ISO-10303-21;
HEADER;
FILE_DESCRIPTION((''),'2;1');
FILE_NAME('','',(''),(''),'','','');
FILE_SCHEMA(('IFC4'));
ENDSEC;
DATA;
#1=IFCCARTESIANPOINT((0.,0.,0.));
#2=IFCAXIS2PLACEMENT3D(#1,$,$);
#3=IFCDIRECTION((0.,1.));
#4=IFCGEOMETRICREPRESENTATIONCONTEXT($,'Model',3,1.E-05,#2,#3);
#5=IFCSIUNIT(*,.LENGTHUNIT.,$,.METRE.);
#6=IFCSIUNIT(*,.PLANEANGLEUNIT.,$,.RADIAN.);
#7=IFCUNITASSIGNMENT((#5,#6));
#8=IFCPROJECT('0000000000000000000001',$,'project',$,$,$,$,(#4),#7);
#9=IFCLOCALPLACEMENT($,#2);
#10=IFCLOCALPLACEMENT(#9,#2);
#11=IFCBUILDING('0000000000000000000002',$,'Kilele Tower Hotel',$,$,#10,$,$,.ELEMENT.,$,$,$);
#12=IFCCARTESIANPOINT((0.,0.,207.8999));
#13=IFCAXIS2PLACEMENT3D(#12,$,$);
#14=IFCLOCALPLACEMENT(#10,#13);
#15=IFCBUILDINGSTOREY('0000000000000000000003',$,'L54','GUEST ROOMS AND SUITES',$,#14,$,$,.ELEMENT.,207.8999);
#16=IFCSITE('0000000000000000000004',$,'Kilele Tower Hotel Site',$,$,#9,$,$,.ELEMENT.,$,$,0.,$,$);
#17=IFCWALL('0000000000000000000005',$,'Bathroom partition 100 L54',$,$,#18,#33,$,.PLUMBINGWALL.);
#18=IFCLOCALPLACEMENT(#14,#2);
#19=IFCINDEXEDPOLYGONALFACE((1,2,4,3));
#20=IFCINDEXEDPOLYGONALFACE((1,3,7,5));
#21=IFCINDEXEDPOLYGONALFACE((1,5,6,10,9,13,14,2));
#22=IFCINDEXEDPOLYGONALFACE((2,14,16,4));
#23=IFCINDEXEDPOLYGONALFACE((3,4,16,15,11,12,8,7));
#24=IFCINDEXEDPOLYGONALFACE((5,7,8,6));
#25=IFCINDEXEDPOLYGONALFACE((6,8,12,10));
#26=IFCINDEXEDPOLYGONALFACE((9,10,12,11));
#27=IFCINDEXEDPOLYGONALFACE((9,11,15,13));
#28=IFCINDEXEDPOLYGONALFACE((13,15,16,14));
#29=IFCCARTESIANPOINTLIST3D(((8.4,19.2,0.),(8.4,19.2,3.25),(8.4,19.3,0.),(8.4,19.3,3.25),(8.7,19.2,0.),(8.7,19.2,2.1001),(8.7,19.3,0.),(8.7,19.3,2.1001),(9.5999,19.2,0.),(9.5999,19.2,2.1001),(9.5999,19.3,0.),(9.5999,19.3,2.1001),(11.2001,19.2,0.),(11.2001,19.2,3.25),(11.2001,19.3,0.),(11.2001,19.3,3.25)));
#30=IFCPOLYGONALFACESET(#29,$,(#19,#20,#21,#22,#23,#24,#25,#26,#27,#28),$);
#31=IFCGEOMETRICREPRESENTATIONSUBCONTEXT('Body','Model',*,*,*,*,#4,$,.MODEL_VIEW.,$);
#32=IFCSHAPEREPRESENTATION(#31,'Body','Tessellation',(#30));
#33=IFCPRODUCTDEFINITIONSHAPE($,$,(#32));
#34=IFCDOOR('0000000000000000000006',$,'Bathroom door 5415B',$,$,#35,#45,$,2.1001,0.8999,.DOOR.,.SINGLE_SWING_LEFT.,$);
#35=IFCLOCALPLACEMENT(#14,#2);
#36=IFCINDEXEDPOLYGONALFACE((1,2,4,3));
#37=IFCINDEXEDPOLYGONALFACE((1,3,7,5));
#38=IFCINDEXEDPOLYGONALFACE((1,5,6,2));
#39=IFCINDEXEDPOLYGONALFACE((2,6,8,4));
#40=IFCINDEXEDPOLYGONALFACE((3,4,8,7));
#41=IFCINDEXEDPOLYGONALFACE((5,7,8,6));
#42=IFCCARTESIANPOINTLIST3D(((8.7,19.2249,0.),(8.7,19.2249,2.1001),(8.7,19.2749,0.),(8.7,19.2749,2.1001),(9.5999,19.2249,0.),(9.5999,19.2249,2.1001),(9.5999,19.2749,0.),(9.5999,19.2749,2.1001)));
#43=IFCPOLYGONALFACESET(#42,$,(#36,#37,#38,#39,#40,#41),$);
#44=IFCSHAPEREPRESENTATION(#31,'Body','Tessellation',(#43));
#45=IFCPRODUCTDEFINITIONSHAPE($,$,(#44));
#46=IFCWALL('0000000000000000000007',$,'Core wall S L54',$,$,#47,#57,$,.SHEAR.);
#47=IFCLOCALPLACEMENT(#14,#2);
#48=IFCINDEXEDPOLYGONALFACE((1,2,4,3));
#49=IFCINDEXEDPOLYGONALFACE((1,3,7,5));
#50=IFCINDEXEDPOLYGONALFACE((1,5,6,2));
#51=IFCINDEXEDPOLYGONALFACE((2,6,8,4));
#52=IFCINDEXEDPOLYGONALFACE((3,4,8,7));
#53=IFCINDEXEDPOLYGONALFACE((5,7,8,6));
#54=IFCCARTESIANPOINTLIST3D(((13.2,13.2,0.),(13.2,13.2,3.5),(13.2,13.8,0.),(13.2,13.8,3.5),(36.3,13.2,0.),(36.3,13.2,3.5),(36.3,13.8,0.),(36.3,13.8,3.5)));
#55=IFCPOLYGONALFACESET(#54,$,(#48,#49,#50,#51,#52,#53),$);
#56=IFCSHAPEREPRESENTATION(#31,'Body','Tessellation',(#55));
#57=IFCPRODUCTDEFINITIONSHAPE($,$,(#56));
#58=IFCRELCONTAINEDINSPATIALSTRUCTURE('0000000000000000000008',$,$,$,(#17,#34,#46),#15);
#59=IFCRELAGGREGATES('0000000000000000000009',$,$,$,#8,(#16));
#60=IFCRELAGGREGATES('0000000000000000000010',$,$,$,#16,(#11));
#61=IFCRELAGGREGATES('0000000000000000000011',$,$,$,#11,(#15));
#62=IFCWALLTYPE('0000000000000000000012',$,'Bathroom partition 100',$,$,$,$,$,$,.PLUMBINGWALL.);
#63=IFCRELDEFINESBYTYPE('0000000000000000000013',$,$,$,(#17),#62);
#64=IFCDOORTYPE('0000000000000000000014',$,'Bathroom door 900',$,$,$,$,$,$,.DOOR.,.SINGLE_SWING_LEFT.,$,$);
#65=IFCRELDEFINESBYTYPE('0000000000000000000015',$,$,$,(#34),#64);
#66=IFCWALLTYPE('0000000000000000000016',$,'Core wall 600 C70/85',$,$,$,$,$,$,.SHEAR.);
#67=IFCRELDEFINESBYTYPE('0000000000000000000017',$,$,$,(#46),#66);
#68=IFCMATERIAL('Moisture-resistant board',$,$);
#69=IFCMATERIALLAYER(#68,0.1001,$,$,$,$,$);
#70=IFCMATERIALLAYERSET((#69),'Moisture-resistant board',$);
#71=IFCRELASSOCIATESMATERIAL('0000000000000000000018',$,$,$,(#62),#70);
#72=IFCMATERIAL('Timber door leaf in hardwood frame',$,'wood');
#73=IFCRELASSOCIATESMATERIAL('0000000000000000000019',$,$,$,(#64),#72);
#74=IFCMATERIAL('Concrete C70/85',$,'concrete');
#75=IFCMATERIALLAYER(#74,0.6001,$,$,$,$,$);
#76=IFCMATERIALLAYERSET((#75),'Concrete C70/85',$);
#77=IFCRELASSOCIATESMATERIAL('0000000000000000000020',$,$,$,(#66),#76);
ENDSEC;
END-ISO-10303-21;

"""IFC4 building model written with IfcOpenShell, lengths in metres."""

from ifc_helpers import new_model, si_unit, direction, frame, frame_2d, origin, place, context, subcontext, project, spatial, rectangle, extrude, material, layer, layer_set, type_object, element, fill, save


model = new_model("IFC4")

# Units and contexts
model_context = context("Model", 3, precision=1e-05, world=origin(), true_north=direction((0.0, 1.0)))
body_context = subcontext(model_context, "Body", "Model", "MODEL_VIEW")
ifc_project = project(units=[si_unit("LENGTHUNIT", "METRE"), si_unit("PLANEANGLEUNIT", "RADIAN")], contexts=[model_context])

# Site, building, storey
site_placement = place(None, origin())
site = spatial("IfcSite", under=ifc_project, at=site_placement, Name="Kilele Tower Hotel Site", CompositionType="ELEMENT", RefElevation=0.0)
building_placement = place(site_placement, origin())
building = spatial("IfcBuilding", under=site, at=building_placement, Name="Kilele Tower Hotel", CompositionType="ELEMENT")
storey_placement = place(building_placement, frame((0.0, 0.0, 207.8999)))
storey = spatial("IfcBuildingStorey", under=building, at=storey_placement, Name="L54", Description="GUEST ROOMS AND SUITES", CompositionType="ELEMENT", Elevation=207.8999)

# Wall, opening, door
ifc_material_1 = material(Name="Moisture-resistant board")
ifc_layer_1 = layer(ifc_material_1, 0.1001)
ifc_layer_set_1 = layer_set([ifc_layer_1], Name="Moisture-resistant board")
wall_type_1 = type_object("IfcWallType", Name="Bathroom partition 100", PredefinedType="PLUMBINGWALL", material=ifc_layer_set_1)
wall_1_placement = place(storey_placement, frame((11.2, 19.25, 0.0), z_axis=(0.0, 0.0, 1.0), x_axis=(-1.0, 0.0, 0.0)))
wall_1 = element("IfcWall", 1, at=wall_1_placement, inside=storey, type_object=wall_type_1, Name="Bathroom partition 100 L54", PredefinedType="PLUMBINGWALL", context=body_context, shape_type="SweptSolid", body=[
    extrude(rectangle(XDim=2.8, YDim=0.1001, at=frame_2d((1.3999, 0.0))), origin(), (0.0, 0.0, 1.0), 3.25),
])
opening_1_placement = place(wall_1_placement, frame((2.5, 0.0, 0.0), z_axis=(0.0, 0.0, 1.0), x_axis=(-1.0, 0.0, 0.0)))
opening_1 = element("IfcOpeningElement", 2, at=opening_1_placement, cuts=wall_1, PredefinedType="OPENING", context=body_context, shape_type="SweptSolid", body=[
    extrude(rectangle(XDim=0.8999, YDim=2.1001, at=frame_2d((0.45, 1.05))), frame((0.0, 0.0601, 0.0), z_axis=(0.0, -1.0, 0.0), x_axis=(1.0, 0.0, 0.0)), (0.0, 0.0, 1.0), 0.1201),
])
ifc_material_2 = material(Name="Timber door leaf in hardwood frame", Category="wood")
door_type_1 = type_object("IfcDoorType", Name="Bathroom door 900", OperationType="SINGLE_SWING_LEFT", PredefinedType="DOOR", material=ifc_material_2)
door_1_placement = place(opening_1_placement, origin())
door_1 = element("IfcDoor", 3, at=door_1_placement, inside=storey, type_object=door_type_1, Name="Bathroom door 5415B", OperationType="SINGLE_SWING_LEFT", OverallHeight=2.1001, OverallWidth=0.8999, PredefinedType="DOOR", context=body_context, shape_type="SweptSolid", body=[
    extrude(rectangle(XDim=0.8999, YDim=2.1001, at=frame_2d((0.45, 1.05))), frame((0.0, 0.0249, 0.0), z_axis=(0.0, -1.0, 0.0), x_axis=(1.0, 0.0, 0.0)), (0.0, 0.0, 1.0), 0.05),
])
fill(opening_1, door_1)

# Wall
ifc_material_3 = material(Name="Concrete C70/85", Category="concrete")
ifc_layer_2 = layer(ifc_material_3, 0.6001)
ifc_layer_set_2 = layer_set([ifc_layer_2], Name="Concrete C70/85")
wall_type_2 = type_object("IfcWallType", Name="Core wall 600 C70/85", PredefinedType="SHEAR", material=ifc_layer_set_2)
wall_2_placement = place(storey_placement, frame((13.2, 13.5, 0.0), z_axis=(0.0, 0.0, 1.0), x_axis=(1.0, 0.0, 0.0)))
element("IfcWall", 4, at=wall_2_placement, inside=storey, type_object=wall_type_2, Name="Core wall S L54", PredefinedType="SHEAR", context=body_context, shape_type="SweptSolid", body=[
    extrude(rectangle(XDim=23.1001, YDim=0.6001, at=frame_2d((11.55, 0.0))), origin(), (0.0, 0.0, 1.0), 3.5),
])

save(model, "model.ifc")
